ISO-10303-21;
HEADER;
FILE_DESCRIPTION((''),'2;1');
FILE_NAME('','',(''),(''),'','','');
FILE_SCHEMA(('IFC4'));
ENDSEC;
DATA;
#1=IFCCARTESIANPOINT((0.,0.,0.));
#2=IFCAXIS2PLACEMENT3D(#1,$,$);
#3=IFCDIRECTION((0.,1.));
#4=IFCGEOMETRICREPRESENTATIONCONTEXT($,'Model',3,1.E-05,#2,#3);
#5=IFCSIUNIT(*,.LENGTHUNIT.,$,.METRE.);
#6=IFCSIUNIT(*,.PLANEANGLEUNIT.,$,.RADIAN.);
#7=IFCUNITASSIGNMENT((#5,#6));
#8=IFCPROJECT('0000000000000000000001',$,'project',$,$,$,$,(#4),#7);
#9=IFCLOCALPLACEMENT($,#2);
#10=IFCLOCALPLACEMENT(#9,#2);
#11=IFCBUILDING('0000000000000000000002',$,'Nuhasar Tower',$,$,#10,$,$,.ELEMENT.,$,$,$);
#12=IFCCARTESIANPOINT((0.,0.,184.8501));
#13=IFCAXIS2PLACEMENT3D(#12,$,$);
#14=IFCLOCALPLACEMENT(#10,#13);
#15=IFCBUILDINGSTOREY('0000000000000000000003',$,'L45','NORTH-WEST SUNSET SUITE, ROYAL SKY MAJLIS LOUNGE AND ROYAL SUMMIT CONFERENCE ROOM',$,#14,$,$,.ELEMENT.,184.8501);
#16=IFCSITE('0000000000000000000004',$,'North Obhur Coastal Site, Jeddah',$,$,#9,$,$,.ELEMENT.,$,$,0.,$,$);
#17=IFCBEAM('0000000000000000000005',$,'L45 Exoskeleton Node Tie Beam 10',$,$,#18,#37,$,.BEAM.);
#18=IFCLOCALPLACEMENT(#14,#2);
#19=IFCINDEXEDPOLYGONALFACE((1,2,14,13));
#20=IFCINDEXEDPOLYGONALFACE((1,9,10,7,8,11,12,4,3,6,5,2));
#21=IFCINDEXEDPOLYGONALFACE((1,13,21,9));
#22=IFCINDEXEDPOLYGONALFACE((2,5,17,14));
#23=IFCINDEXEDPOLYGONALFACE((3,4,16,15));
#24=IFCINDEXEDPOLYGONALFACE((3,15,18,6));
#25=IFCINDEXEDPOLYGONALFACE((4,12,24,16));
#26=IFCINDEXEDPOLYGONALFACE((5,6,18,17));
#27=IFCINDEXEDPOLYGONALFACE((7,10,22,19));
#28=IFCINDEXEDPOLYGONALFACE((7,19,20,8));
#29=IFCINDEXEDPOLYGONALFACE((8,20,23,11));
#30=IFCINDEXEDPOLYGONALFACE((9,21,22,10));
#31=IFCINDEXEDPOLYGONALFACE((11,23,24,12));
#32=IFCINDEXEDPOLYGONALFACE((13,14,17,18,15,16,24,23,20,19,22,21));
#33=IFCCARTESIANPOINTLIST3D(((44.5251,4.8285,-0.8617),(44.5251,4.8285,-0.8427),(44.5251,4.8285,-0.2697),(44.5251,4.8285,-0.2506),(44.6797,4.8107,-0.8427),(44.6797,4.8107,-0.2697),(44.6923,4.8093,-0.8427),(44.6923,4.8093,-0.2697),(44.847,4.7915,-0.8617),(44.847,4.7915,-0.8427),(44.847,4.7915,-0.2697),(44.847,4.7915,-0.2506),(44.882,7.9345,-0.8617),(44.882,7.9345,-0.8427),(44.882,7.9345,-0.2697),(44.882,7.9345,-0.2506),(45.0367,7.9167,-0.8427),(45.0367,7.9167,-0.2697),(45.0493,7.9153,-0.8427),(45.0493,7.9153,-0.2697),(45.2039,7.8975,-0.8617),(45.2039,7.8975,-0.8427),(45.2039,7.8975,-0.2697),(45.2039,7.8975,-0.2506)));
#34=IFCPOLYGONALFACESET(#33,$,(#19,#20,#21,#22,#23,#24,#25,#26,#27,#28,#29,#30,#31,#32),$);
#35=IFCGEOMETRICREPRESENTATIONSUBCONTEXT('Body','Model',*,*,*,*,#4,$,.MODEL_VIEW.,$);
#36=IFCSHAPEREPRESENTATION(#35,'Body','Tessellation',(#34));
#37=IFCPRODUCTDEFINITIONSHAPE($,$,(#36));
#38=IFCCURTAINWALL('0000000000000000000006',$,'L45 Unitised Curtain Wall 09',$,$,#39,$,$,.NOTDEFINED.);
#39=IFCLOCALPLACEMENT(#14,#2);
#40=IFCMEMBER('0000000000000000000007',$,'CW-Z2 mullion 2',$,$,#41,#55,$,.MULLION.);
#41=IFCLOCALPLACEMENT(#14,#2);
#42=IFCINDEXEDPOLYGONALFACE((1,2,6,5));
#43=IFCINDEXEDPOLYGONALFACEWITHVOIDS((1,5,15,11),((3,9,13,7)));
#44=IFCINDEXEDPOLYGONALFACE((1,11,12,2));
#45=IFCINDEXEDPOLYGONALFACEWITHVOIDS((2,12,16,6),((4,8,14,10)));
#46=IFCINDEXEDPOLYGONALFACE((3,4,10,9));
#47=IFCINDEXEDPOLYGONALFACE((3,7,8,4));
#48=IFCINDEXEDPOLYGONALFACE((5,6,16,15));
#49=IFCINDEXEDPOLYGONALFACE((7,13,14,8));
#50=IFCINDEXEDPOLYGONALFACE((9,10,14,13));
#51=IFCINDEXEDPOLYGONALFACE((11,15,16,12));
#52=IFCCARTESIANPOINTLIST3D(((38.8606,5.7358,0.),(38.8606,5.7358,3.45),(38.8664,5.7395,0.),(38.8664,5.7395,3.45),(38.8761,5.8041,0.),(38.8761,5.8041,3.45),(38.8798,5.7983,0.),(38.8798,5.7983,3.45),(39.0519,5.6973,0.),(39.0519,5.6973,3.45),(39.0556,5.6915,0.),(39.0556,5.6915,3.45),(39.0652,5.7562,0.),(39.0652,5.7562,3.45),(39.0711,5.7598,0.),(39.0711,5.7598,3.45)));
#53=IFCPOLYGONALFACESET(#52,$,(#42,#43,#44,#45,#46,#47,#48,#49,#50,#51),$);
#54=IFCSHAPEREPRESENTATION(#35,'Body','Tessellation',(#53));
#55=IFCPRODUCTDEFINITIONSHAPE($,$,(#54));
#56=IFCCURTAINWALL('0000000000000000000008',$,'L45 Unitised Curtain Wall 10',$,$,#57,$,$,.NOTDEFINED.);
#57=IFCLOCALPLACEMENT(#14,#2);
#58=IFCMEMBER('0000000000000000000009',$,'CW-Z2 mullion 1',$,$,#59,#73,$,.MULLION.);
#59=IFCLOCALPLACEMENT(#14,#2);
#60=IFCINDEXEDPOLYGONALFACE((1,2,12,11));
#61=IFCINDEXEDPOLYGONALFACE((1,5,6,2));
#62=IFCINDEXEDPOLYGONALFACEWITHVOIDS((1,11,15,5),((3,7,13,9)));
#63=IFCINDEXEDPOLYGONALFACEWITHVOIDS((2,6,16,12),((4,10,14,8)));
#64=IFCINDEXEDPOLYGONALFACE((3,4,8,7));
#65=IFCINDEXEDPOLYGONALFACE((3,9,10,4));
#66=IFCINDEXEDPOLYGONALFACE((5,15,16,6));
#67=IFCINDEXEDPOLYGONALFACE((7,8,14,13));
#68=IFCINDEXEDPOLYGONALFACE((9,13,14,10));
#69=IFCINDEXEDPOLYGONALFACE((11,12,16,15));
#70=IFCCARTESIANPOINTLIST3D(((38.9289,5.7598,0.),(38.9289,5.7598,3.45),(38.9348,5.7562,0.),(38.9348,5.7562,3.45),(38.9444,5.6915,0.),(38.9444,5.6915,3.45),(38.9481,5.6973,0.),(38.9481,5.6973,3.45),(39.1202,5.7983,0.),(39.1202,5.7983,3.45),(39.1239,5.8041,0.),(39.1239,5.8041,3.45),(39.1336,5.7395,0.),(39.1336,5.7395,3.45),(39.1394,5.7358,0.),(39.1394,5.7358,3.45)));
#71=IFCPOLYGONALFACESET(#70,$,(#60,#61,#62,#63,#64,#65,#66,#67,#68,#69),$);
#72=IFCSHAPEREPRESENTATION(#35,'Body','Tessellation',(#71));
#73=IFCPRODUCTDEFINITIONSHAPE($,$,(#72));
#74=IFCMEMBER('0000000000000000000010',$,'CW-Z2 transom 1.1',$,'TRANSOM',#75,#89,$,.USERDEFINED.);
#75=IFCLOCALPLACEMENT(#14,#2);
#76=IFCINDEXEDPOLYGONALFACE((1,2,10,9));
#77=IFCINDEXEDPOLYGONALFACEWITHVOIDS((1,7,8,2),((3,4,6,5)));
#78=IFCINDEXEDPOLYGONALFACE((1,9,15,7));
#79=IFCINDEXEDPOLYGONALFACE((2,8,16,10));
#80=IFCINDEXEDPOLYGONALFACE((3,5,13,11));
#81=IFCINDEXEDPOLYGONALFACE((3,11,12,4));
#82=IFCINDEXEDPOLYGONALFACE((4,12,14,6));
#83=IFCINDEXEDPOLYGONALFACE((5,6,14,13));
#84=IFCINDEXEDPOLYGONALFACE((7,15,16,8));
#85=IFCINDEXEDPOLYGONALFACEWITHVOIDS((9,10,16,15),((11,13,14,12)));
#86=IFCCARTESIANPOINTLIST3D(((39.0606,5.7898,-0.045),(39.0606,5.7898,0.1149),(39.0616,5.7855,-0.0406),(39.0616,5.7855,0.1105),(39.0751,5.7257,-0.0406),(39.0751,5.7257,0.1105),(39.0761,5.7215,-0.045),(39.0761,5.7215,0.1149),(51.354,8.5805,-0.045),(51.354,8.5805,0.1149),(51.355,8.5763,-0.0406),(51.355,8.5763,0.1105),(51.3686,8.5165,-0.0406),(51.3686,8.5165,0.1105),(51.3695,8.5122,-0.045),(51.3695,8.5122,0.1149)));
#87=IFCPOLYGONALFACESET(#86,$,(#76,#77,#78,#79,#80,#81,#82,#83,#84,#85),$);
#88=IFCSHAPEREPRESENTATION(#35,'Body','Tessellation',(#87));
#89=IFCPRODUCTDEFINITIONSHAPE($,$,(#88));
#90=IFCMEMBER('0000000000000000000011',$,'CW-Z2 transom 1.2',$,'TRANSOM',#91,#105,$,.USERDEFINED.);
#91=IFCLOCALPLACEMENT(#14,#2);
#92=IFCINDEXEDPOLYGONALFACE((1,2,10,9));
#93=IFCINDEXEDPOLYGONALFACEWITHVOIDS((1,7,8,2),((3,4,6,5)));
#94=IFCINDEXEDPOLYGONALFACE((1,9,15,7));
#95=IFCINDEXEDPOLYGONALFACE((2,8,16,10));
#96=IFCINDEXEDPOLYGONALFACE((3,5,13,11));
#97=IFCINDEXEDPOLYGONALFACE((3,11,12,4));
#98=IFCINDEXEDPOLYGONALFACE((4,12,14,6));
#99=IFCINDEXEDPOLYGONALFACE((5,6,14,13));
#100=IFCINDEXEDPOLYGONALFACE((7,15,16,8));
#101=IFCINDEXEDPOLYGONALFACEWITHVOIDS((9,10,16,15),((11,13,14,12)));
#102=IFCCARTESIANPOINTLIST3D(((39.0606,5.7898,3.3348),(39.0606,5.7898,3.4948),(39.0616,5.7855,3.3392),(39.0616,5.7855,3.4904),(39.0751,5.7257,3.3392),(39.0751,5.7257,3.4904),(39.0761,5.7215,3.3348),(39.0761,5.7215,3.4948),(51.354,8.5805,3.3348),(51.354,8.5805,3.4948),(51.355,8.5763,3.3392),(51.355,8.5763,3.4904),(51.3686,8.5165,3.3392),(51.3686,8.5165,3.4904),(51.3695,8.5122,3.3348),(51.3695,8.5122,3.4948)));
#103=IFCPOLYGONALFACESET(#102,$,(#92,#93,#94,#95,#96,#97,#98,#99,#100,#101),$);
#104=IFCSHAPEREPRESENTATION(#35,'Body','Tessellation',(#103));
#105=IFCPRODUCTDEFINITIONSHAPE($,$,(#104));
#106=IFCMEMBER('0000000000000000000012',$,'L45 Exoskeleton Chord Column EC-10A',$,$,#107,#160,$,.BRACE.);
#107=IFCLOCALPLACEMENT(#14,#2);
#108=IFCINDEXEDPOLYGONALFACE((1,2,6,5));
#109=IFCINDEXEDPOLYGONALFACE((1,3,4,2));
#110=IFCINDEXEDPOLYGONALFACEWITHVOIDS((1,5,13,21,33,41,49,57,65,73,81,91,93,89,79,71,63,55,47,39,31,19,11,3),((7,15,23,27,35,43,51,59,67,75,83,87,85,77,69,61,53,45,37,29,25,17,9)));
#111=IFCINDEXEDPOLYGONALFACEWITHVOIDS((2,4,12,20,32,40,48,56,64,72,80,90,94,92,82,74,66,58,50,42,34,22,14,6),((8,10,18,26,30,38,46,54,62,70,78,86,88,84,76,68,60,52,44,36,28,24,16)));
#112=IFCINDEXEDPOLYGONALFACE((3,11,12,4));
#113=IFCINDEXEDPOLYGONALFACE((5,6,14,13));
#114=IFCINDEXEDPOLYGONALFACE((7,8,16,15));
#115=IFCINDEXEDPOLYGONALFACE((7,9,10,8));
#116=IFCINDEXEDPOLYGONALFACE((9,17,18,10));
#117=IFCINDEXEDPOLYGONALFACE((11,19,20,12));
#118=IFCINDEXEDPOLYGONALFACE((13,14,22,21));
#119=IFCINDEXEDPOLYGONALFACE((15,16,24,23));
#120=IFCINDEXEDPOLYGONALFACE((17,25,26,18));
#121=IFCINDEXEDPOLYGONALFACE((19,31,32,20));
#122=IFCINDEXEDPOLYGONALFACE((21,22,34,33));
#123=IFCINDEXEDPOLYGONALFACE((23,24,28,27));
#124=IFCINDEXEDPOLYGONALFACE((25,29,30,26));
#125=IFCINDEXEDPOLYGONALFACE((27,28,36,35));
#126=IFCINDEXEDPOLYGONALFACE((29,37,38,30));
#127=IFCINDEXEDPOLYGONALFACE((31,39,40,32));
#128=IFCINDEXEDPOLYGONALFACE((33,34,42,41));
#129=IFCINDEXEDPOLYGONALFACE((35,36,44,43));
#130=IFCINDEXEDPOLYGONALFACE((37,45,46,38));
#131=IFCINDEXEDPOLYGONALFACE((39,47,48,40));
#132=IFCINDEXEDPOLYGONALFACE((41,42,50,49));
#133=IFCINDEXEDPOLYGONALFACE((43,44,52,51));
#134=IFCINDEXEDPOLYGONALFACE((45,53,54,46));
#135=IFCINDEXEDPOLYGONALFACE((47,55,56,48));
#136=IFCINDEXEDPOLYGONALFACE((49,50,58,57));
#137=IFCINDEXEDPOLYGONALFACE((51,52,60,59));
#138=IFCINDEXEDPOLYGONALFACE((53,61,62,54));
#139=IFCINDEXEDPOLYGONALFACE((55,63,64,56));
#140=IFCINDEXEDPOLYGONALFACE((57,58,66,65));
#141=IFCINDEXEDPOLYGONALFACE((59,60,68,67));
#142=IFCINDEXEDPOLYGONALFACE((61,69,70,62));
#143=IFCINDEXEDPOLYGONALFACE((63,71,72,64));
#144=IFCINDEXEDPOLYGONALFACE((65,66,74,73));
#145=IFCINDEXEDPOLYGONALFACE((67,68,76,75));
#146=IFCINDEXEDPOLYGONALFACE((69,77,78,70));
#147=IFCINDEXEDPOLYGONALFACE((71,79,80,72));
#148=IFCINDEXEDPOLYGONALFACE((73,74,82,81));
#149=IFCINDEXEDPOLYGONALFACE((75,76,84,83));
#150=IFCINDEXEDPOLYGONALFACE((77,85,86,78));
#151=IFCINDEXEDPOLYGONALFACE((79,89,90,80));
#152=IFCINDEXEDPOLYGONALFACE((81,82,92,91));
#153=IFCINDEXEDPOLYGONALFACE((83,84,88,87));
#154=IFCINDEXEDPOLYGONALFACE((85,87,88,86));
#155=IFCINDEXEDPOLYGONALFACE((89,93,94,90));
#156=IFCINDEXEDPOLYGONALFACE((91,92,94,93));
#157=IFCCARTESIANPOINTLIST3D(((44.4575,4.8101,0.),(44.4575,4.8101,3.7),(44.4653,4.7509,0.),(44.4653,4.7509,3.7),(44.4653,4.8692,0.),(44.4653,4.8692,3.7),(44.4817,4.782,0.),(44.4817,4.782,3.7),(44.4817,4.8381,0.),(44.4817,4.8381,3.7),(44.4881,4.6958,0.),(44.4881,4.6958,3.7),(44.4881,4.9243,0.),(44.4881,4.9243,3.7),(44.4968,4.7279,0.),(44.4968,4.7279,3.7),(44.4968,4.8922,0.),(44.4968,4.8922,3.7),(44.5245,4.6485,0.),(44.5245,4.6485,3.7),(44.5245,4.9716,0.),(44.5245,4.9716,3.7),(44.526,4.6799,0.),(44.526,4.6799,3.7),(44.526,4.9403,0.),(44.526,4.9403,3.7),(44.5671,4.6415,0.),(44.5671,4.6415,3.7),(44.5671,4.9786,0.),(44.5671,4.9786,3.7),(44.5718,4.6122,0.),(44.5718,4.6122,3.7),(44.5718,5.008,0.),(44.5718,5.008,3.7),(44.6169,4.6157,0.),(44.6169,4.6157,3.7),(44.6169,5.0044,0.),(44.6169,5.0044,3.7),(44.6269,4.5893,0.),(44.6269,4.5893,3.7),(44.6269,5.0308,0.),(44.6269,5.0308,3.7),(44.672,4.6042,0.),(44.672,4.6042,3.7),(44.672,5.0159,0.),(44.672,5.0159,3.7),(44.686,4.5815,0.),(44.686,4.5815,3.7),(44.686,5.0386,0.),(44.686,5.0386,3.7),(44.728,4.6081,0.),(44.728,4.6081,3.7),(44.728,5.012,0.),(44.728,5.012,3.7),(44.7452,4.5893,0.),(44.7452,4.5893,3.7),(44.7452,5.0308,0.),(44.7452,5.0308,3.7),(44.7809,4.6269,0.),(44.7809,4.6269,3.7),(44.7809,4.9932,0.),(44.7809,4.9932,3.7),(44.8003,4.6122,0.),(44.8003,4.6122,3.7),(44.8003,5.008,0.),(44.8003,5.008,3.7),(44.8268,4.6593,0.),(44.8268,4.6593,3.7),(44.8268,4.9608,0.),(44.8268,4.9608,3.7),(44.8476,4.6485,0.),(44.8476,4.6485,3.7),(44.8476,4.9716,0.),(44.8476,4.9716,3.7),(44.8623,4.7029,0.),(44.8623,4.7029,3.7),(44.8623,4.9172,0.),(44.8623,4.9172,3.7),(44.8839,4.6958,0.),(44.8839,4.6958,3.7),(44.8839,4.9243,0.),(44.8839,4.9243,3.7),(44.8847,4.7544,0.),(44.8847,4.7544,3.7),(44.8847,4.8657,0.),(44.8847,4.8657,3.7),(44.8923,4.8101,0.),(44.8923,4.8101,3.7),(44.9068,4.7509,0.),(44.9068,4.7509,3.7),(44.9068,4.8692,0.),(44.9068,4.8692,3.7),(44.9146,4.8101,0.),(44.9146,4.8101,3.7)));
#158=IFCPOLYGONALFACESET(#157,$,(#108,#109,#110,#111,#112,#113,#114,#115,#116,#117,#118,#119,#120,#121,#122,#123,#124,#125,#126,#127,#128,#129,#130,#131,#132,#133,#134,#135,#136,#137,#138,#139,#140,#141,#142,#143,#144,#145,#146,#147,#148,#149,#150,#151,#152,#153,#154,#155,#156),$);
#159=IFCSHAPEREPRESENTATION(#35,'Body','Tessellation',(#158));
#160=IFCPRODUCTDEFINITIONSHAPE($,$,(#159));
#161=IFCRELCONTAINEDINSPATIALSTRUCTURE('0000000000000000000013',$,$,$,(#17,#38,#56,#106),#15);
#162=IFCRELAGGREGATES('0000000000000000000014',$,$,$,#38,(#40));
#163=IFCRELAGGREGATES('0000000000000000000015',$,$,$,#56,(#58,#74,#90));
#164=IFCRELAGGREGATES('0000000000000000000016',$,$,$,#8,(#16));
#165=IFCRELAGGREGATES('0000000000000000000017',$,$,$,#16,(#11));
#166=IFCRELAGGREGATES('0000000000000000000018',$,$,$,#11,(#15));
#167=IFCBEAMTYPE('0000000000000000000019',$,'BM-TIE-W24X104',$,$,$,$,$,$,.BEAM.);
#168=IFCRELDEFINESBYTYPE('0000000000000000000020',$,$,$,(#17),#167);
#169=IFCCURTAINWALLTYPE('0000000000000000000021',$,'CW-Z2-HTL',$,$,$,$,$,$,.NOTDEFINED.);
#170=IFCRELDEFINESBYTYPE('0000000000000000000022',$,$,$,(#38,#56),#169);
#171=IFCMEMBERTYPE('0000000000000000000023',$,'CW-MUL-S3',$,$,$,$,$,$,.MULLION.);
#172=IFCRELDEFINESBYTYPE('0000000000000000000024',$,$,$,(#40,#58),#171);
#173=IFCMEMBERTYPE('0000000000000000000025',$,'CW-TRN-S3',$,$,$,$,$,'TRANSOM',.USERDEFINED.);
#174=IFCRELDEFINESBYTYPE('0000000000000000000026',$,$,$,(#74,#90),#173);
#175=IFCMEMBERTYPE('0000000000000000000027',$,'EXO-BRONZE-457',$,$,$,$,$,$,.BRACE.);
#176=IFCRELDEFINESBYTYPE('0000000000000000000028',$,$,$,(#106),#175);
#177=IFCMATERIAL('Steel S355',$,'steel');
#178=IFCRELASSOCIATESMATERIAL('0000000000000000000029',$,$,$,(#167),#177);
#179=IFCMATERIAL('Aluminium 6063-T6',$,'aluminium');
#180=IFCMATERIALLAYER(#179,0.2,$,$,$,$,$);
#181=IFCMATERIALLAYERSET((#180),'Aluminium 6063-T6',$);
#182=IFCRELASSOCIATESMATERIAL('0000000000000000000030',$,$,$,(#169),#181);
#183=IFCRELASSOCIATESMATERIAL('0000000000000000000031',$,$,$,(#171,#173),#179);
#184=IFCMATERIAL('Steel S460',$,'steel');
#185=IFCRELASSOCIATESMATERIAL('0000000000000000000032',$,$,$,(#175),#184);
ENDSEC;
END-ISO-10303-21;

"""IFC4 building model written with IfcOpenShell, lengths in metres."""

from ifc_helpers import new_model, si_unit, direction, frame, origin, origin_2d, place, context, subcontext, project, spatial, hollow_rectangle, hollow_circle, i_section, extrude, material, layer, layer_set, material_profile, profile_set, type_object, element, aggregate, save


model = new_model("IFC4")

# Units and contexts
model_context = context("Model", 3, precision=1e-05, world=origin(), true_north=direction((0.0, 1.0)))
body_context = subcontext(model_context, "Body", "Model", "MODEL_VIEW")
ifc_project = project(units=[si_unit("LENGTHUNIT", "METRE"), si_unit("PLANEANGLEUNIT", "RADIAN")], contexts=[model_context])

# Site, building, storey
site_placement = place(None, origin())
site = spatial("IfcSite", under=ifc_project, at=site_placement, Name="North Obhur Coastal Site, Jeddah", CompositionType="ELEMENT", RefElevation=0.0)
building_placement = place(site_placement, origin())
building = spatial("IfcBuilding", under=site, at=building_placement, Name="Nuhasar Tower", CompositionType="ELEMENT")
storey_placement = place(building_placement, frame((0.0, 0.0, 184.8501)))
storey = spatial("IfcBuildingStorey", under=building, at=storey_placement, Name="L45", Description="NORTH-WEST SUNSET SUITE, ROYAL SKY MAJLIS LOUNGE AND ROYAL SUMMIT CONFERENCE ROOM", CompositionType="ELEMENT", Elevation=184.8501)

# Beam
ifc_material_1 = material(Name="Steel S355", Category="steel")
ifc_material_profile_1 = material_profile(ifc_material_1, i_section(OverallWidth=0.324, OverallDepth=0.6111, WebThickness=0.0127, FlangeThickness=0.019, at=origin_2d()), Name="W24X104")
ifc_profile_set_1 = profile_set([ifc_material_profile_1], Name="Steel S355")
beam_type_1 = type_object("IfcBeamType", Name="BM-TIE-W24X104", PredefinedType="BEAM", material=ifc_profile_set_1)
beam_1_placement = place(storey_placement, frame((45.043, 7.916, -0.5562), z_axis=(-0.114168, -0.993461, 0.0), x_axis=(0.993461, -0.114168, 0.0)))
element("IfcBeam", 1, at=beam_1_placement, inside=storey, type_object=beam_type_1, Name="L45 Exoskeleton Node Tie Beam 10", PredefinedType="BEAM", context=body_context, shape_type="SweptSolid", body=[
    extrude(i_section(OverallWidth=0.324, OverallDepth=0.6111, WebThickness=0.0127, FlangeThickness=0.019, at=origin_2d()), origin(), (0.0, 0.0, 1.0), 3.1265),
])

# Curtain wall, member
ifc_material_2 = material(Name="Aluminium 6063-T6", Category="aluminium")
ifc_layer_1 = layer(ifc_material_2, 0.2)
ifc_layer_set_1 = layer_set([ifc_layer_1], Name="Aluminium 6063-T6")
curtain_wall_type = type_object("IfcCurtainWallType", Name="CW-Z2-HTL", PredefinedType="NOTDEFINED", material=ifc_layer_set_1)
curtain_wall_1_placement = place(storey_placement, origin())
curtain_wall_1 = element("IfcCurtainWall", 2, at=curtain_wall_1_placement, inside=storey, type_object=curtain_wall_type, Name="L45 Unitised Curtain Wall 09", PredefinedType="NOTDEFINED")
ifc_material_profile_2 = material_profile(ifc_material_2, hollow_rectangle(XDim=0.0701, YDim=0.2, WallThickness=0.0049, at=origin_2d()), Name="CWM-3")
ifc_profile_set_2 = profile_set([ifc_material_profile_2], Name="Aluminium 6063-T6")
member_type_1 = type_object("IfcMemberType", Name="CW-MUL-S3", PredefinedType="MULLION", material=ifc_profile_set_2)
member_1_placement = place(storey_placement, frame((38.9658, 5.7478, 0.0), z_axis=(0.0, 0.0, 1.0), x_axis=(0.221397, 0.975184, 0.0)))
member_1 = element("IfcMember", 3, at=member_1_placement, type_object=member_type_1, Name="CW-Z2 mullion 2", PredefinedType="MULLION", context=body_context, shape_type="SweptSolid", body=[
    extrude(hollow_rectangle(XDim=0.0701, YDim=0.2, WallThickness=0.0049, at=origin_2d()), origin(), (0.0, 0.0, 1.0), 3.45),
])
aggregate(curtain_wall_1, [member_1])

# Curtain wall, members
curtain_wall_2_placement = place(storey_placement, origin())
curtain_wall_2 = element("IfcCurtainWall", 4, at=curtain_wall_2_placement, inside=storey, type_object=curtain_wall_type, Name="L45 Unitised Curtain Wall 10", PredefinedType="NOTDEFINED")
member_2_placement = place(storey_placement, frame((39.0342, 5.7478, 0.0), z_axis=(0.0, 0.0, 1.0), x_axis=(-0.221397, 0.975184, 0.0)))
member_2 = element("IfcMember", 5, at=member_2_placement, type_object=member_type_1, Name="CW-Z2 mullion 1", PredefinedType="MULLION", context=body_context, shape_type="SweptSolid", body=[
    extrude(hollow_rectangle(XDim=0.0701, YDim=0.2, WallThickness=0.0049, at=origin_2d()), origin(), (0.0, 0.0, 1.0), 3.45),
])
ifc_material_profile_3 = material_profile(ifc_material_2, hollow_rectangle(XDim=0.0701, YDim=0.1599, WallThickness=0.0044, at=origin_2d()), Name="CWT-3")
ifc_profile_set_3 = profile_set([ifc_material_profile_3], Name="Aluminium 6063-T6")
member_type_2 = type_object("IfcMemberType", Name="CW-TRN-S3", ElementType="TRANSOM", PredefinedType="USERDEFINED", material=ifc_profile_set_3)
member_3_placement = place(storey_placement, frame((39.0684, 5.7556, 0.0349), z_axis=(0.975188, 0.22138, 0.0), x_axis=(-0.22138, 0.975188, 0.0)))
member_3 = element("IfcMember", 6, at=member_3_placement, type_object=member_type_2, Name="CW-Z2 transom 1.1", ObjectType="TRANSOM", PredefinedType="USERDEFINED", context=body_context, shape_type="SweptSolid", body=[
    extrude(hollow_rectangle(XDim=0.0701, YDim=0.1599, WallThickness=0.0044, at=origin_2d()), origin(), (0.0, 0.0, 1.0), 12.6062),
])
member_4_placement = place(storey_placement, frame((39.0684, 5.7556, 3.4148), z_axis=(0.975188, 0.22138, 0.0), x_axis=(-0.22138, 0.975188, 0.0)))
member_4 = element("IfcMember", 7, at=member_4_placement, type_object=member_type_2, Name="CW-Z2 transom 1.2", ObjectType="TRANSOM", PredefinedType="USERDEFINED", context=body_context, shape_type="SweptSolid", body=[
    extrude(hollow_rectangle(XDim=0.0701, YDim=0.1599, WallThickness=0.0044, at=origin_2d()), origin(), (0.0, 0.0, 1.0), 12.6062),
])

# Member
ifc_material_3 = material(Name="Steel S460", Category="steel")
ifc_material_profile_4 = material_profile(ifc_material_3, hollow_circle(Radius=0.2285, WallThickness=0.0222, at=origin_2d()), Name="HSS457X22.2")
ifc_profile_set_4 = profile_set([ifc_material_profile_4], Name="Steel S460")
member_type_3 = type_object("IfcMemberType", Name="EXO-BRONZE-457", PredefinedType="BRACE", material=ifc_profile_set_4)
member_5_placement = place(storey_placement, frame((44.686, 4.8101, 0.0), z_axis=(0.0, 0.0, 1.0), x_axis=(1.0, 0.0, 0.0)))
element("IfcMember", 8, at=member_5_placement, inside=storey, type_object=member_type_3, Name="L45 Exoskeleton Chord Column EC-10A", PredefinedType="BRACE", context=body_context, shape_type="SweptSolid", body=[
    extrude(hollow_circle(Radius=0.2285, WallThickness=0.0222, at=origin_2d()), origin(), (0.0, 0.0, 1.0), 3.7),
])

aggregate(curtain_wall_2, [member_2, member_3, member_4])

save(model, "model.ifc")
